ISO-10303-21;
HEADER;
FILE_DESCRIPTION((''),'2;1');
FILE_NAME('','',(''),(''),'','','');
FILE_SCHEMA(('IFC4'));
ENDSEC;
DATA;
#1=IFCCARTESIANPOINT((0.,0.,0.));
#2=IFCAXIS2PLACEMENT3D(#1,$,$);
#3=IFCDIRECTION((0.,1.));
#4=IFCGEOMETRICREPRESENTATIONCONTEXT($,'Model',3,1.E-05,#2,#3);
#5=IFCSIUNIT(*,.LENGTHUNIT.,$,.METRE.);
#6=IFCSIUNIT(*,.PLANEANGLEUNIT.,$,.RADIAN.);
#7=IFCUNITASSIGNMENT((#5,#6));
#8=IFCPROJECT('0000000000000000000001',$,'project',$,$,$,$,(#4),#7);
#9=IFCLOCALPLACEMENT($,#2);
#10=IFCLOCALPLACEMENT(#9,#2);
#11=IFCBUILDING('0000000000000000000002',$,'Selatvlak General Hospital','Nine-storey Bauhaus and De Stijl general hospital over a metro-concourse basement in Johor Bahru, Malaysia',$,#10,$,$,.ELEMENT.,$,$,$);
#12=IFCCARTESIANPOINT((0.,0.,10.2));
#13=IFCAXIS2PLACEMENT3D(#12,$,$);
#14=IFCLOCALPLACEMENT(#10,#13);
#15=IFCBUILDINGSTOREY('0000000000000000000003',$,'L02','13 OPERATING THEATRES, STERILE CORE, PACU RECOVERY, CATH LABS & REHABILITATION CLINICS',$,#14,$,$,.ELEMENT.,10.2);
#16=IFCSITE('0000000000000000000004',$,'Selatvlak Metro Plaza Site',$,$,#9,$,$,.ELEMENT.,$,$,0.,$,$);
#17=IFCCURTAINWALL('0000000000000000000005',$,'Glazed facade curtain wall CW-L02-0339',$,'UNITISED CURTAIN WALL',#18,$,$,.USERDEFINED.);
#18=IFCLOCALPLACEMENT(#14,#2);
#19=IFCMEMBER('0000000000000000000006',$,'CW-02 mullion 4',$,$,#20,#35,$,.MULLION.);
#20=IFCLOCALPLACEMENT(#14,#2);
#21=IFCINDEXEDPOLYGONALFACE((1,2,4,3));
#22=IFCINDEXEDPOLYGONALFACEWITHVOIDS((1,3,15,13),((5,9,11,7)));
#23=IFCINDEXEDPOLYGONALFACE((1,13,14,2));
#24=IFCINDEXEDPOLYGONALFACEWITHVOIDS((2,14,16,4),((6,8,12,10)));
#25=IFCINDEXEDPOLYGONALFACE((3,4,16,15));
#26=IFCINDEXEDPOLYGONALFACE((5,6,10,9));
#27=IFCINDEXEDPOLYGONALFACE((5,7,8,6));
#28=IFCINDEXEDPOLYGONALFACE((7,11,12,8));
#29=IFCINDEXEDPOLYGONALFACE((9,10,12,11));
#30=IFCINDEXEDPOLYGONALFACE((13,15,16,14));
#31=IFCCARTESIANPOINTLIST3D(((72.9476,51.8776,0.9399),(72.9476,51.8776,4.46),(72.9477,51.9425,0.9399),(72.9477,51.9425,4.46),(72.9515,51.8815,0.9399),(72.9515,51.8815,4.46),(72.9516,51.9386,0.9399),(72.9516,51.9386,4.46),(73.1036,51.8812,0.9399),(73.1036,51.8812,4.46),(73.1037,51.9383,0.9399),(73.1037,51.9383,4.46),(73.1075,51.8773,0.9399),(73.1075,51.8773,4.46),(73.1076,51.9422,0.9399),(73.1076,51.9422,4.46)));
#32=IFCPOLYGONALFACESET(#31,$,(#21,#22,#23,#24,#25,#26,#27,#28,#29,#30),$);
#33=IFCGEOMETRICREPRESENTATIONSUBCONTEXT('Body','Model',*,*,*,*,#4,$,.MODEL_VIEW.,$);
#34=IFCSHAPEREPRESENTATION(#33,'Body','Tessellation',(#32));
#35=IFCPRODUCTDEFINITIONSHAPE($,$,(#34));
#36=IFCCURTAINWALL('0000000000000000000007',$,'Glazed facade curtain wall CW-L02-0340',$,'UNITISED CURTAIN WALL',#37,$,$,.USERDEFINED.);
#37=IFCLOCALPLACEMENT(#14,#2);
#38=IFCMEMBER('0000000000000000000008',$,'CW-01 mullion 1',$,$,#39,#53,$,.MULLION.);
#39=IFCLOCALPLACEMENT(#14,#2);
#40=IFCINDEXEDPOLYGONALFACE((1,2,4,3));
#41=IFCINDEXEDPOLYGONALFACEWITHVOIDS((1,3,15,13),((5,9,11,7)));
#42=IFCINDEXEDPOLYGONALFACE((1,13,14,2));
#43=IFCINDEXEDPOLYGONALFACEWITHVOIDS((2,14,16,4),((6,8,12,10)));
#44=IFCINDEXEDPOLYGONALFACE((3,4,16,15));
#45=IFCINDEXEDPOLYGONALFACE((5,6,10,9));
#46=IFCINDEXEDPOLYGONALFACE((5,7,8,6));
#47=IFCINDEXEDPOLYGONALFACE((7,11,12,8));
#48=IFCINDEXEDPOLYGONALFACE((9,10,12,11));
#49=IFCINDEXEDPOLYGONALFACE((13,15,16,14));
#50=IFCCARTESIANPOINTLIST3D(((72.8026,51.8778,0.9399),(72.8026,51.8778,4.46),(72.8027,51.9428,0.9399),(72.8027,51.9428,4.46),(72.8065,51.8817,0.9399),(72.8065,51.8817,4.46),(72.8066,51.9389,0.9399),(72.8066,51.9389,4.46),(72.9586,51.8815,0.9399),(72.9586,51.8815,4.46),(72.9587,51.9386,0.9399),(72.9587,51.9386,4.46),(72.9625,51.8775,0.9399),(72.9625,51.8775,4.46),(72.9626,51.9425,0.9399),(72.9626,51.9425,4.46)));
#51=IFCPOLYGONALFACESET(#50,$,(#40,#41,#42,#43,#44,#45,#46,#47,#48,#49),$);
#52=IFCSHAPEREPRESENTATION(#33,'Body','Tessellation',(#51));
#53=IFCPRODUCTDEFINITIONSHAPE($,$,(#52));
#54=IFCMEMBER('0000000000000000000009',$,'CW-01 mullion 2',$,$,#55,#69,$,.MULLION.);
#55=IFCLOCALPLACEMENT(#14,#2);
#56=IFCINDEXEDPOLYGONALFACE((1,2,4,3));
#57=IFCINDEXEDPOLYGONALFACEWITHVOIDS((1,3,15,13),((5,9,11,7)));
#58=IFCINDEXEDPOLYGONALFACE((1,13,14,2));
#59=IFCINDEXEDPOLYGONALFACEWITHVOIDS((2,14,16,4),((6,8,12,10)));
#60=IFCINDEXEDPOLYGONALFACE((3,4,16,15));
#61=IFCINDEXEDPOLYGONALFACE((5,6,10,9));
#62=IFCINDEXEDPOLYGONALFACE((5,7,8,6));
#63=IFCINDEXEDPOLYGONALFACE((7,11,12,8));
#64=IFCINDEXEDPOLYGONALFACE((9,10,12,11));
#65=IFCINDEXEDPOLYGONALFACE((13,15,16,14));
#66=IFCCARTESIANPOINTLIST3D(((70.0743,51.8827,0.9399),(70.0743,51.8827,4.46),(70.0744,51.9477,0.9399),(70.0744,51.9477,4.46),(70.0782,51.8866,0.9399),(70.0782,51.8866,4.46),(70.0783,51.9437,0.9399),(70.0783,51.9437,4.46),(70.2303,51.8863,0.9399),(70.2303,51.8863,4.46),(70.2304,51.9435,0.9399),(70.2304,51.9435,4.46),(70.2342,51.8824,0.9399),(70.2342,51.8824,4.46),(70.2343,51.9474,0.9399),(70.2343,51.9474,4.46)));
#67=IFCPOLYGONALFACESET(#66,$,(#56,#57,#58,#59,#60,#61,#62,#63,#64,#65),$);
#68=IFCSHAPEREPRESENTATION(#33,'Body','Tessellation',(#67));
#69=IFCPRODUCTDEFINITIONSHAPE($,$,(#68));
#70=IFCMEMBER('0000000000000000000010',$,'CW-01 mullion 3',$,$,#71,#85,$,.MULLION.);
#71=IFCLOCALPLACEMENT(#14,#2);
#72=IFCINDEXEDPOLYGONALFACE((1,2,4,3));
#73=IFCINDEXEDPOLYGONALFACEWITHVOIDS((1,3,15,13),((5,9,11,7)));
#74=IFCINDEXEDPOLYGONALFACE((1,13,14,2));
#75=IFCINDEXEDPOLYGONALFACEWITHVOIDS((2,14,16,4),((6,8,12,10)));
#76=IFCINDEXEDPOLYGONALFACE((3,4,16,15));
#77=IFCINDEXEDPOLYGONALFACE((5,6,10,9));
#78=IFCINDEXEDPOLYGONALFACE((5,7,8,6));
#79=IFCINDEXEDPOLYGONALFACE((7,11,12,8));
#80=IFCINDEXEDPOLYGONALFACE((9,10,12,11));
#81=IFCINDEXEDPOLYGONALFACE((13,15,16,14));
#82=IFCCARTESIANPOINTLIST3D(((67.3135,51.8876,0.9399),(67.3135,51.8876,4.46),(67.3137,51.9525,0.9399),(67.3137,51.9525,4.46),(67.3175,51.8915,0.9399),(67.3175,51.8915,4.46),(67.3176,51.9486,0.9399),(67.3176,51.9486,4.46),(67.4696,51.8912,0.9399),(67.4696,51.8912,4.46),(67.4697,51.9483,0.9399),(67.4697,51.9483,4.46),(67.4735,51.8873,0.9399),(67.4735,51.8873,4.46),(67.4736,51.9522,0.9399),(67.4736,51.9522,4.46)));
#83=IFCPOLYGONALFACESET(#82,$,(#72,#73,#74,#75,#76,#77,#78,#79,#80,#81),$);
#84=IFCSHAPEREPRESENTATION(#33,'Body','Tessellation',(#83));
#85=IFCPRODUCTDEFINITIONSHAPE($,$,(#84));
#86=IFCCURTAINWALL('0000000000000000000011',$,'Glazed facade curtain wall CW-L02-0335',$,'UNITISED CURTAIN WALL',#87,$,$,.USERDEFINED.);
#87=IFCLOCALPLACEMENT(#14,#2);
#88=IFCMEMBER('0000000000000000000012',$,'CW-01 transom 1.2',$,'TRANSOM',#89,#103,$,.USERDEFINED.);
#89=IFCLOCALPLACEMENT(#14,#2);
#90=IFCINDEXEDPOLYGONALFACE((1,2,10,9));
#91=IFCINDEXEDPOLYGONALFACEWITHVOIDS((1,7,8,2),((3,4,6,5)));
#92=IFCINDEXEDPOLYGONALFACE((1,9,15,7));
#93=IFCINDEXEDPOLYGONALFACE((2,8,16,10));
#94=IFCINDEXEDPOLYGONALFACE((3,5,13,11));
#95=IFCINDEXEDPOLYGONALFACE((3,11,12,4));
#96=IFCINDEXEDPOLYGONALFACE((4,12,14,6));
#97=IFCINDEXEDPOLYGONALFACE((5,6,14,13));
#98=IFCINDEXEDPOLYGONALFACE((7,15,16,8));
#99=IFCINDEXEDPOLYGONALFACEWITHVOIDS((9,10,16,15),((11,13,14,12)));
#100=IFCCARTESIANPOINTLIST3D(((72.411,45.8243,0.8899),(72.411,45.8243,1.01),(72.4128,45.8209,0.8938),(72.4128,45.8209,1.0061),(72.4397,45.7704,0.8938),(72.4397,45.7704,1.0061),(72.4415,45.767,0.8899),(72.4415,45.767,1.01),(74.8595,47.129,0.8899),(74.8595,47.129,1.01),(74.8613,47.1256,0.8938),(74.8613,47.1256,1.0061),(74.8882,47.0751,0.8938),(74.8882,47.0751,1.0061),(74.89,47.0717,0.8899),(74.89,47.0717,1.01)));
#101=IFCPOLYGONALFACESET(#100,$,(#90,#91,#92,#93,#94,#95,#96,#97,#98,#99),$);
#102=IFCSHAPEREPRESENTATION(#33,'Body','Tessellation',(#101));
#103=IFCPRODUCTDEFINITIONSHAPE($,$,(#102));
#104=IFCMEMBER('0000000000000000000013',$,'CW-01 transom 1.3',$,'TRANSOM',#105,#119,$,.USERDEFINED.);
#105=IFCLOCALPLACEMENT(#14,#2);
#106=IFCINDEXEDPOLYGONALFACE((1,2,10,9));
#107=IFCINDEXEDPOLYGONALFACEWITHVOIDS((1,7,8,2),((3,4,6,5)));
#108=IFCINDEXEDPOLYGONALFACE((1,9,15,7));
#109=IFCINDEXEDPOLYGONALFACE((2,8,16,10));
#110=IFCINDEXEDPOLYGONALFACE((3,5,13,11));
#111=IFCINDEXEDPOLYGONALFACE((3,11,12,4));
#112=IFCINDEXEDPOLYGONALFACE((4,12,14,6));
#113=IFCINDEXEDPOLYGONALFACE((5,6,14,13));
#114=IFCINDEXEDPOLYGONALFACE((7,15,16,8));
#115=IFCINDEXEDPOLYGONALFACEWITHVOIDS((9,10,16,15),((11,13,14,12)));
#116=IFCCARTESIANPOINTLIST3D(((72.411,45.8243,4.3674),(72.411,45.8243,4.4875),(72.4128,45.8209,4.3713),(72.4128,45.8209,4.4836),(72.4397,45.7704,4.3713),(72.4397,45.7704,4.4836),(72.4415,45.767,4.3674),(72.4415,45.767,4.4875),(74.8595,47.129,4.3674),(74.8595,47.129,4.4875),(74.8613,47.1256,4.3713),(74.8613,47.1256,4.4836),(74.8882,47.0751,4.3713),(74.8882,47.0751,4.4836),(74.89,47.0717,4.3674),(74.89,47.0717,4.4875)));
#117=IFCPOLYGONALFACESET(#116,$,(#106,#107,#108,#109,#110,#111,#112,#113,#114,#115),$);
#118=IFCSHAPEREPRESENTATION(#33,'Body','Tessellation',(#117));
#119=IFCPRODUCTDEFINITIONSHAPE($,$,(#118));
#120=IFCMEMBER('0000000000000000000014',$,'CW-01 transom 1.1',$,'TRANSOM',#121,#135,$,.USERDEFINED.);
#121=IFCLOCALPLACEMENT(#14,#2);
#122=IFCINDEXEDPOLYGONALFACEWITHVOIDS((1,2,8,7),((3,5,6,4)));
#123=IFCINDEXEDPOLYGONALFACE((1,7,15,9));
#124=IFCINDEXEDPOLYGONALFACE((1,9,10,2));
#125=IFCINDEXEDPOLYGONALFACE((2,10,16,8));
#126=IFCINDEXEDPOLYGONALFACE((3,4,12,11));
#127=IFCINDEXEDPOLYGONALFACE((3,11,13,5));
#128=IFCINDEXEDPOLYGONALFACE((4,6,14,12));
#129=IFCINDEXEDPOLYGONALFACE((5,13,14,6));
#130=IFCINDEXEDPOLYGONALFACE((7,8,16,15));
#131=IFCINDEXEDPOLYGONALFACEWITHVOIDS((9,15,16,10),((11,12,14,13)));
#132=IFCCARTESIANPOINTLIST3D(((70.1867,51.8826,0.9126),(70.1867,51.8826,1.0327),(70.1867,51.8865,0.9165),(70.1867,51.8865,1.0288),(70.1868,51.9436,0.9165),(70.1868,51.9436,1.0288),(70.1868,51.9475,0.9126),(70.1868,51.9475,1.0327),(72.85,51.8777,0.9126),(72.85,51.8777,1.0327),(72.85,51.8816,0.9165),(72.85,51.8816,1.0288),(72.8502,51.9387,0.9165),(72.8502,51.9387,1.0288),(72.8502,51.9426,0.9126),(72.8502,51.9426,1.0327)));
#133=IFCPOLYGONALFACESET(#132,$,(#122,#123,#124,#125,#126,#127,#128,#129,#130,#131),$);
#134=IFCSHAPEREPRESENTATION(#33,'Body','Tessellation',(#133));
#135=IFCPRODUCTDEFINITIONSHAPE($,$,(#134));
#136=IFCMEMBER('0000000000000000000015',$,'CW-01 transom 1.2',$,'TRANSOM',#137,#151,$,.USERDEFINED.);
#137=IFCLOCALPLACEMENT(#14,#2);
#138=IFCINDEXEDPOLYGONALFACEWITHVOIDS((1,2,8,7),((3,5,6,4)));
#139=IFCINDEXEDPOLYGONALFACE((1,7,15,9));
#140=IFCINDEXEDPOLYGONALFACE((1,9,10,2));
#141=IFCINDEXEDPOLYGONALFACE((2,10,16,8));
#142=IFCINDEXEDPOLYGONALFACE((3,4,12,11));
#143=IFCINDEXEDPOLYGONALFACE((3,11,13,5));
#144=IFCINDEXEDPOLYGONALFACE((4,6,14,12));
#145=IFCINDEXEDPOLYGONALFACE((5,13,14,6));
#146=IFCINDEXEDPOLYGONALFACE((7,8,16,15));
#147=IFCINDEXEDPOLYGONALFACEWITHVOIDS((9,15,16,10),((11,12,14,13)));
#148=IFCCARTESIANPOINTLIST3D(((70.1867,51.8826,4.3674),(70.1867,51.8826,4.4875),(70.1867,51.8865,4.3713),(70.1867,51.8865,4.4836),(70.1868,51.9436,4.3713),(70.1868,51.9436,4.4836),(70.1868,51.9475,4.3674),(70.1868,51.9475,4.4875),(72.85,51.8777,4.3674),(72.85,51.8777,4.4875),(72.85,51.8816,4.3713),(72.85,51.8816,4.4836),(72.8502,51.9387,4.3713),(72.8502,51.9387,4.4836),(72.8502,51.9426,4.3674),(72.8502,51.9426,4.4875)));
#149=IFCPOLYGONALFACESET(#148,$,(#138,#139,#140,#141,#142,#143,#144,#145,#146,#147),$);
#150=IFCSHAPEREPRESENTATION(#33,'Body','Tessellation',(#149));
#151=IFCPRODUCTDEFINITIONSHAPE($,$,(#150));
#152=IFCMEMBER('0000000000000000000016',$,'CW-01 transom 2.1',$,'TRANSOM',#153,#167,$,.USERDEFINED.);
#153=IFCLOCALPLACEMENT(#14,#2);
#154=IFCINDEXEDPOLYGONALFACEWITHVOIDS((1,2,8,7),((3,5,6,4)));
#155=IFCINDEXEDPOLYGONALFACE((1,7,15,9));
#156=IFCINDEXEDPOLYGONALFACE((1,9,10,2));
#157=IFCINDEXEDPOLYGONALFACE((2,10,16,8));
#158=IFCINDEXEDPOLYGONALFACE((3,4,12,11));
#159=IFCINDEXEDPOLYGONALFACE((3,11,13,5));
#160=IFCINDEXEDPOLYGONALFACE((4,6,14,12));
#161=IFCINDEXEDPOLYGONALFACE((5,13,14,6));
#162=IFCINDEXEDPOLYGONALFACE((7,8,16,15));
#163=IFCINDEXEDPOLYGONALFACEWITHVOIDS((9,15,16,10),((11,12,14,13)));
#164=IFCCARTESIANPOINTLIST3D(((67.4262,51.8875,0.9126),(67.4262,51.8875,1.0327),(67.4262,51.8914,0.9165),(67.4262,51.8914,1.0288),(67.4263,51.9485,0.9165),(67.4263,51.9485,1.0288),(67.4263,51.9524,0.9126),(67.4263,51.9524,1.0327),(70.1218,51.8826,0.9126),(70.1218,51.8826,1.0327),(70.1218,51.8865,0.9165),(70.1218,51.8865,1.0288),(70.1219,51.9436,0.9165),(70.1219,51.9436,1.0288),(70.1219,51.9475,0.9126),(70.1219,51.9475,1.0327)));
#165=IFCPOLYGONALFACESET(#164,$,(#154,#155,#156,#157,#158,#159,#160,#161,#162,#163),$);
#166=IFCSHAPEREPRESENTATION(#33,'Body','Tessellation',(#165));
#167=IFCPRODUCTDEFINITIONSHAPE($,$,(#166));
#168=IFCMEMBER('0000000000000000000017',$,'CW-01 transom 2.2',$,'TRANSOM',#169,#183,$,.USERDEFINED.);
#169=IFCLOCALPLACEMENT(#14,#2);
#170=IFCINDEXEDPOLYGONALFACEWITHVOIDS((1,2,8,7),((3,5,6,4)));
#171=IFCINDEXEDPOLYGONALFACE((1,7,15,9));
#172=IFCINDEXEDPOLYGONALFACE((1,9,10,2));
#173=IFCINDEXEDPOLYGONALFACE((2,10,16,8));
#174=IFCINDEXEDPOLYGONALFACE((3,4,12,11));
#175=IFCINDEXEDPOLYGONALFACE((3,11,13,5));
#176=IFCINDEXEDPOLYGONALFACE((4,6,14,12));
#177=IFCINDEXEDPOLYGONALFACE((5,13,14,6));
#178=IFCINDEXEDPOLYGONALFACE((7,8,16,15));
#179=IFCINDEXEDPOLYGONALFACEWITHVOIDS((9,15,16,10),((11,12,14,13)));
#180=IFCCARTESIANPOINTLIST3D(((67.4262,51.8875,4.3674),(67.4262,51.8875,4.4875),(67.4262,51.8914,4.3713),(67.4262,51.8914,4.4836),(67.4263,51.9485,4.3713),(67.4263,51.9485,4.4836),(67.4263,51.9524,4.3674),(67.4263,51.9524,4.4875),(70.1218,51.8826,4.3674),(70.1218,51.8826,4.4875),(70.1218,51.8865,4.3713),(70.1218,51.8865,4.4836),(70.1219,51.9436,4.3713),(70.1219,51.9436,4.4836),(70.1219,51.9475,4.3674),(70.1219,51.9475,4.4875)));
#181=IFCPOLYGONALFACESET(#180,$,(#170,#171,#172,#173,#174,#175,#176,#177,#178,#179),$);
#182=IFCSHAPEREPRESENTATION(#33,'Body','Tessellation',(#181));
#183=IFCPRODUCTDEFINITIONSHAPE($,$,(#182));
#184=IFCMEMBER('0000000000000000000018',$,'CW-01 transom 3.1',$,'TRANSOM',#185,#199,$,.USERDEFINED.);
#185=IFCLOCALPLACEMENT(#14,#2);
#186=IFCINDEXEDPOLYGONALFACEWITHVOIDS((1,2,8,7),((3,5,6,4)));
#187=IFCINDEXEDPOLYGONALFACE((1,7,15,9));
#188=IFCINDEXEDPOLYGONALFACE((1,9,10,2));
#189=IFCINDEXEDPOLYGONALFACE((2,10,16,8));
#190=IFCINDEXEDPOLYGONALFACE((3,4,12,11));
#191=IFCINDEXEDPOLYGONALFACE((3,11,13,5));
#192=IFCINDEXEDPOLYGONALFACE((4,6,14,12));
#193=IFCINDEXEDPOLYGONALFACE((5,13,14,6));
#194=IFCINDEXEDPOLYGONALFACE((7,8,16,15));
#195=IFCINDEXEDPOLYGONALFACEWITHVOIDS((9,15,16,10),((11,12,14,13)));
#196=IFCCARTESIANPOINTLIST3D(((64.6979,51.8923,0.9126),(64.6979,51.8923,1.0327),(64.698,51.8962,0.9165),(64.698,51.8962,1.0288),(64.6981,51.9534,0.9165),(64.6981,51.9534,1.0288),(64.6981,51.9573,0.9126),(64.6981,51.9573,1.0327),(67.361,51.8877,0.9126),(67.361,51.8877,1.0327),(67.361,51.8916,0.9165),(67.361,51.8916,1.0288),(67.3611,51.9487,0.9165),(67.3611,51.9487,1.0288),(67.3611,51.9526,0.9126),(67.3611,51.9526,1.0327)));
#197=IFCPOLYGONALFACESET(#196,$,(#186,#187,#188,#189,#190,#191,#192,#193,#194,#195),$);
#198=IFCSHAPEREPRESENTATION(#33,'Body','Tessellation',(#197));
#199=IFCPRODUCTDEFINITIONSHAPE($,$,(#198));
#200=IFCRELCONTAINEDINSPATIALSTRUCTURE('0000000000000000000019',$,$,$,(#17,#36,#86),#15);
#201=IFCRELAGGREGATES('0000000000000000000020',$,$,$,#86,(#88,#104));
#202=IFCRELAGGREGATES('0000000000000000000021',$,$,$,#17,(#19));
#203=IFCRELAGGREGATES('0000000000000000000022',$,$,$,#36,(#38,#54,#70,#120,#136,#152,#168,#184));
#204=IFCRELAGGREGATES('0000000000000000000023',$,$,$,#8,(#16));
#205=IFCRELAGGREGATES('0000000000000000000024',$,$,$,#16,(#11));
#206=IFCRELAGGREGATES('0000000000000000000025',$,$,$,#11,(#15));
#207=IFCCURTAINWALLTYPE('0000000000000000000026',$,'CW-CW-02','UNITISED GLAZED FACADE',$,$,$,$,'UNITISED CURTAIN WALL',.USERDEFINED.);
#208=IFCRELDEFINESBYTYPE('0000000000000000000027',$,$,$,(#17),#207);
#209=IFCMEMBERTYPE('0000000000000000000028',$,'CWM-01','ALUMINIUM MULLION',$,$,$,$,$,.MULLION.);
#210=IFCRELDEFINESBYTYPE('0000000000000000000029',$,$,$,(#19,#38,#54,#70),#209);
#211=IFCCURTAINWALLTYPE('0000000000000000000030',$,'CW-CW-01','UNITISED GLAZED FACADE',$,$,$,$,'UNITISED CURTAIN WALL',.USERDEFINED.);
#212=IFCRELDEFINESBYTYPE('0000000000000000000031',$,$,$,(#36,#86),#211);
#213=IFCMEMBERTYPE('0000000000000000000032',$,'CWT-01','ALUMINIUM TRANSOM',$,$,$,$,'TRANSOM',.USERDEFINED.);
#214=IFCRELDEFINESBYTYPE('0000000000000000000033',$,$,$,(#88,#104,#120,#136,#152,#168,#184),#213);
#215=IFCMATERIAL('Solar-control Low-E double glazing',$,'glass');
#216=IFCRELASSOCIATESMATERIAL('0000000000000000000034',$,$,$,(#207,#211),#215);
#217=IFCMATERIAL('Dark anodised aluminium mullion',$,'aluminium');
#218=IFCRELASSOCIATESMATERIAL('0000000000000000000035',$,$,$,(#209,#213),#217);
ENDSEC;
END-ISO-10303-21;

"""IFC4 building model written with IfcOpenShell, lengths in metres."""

from ifc_helpers import new_model, si_unit, direction, frame, origin, origin_2d, place, context, subcontext, project, spatial, hollow_rectangle, extrude, material, material_profile, profile_set, type_object, element, aggregate, save


model = new_model("IFC4")

# Units and contexts
model_context = context("Model", 3, precision=1e-05, world=origin(), true_north=direction((0.0, 1.0)))
body_context = subcontext(model_context, "Body", "Model", "MODEL_VIEW")
ifc_project = project(units=[si_unit("LENGTHUNIT", "METRE"), si_unit("PLANEANGLEUNIT", "RADIAN")], contexts=[model_context])

# Site, building, storey
site_placement = place(None, origin())
site = spatial("IfcSite", under=ifc_project, at=site_placement, Name="Selatvlak Metro Plaza Site", CompositionType="ELEMENT", RefElevation=0.0)
building_placement = place(site_placement, origin())
building = spatial("IfcBuilding", under=site, at=building_placement, Name="Selatvlak General Hospital", Description="Nine-storey Bauhaus and De Stijl general hospital over a metro-concourse basement in Johor Bahru, Malaysia", CompositionType="ELEMENT")
storey_placement = place(building_placement, frame((0.0, 0.0, 10.2)))
storey = spatial("IfcBuildingStorey", under=building, at=storey_placement, Name="L02", Description="13 OPERATING THEATRES, STERILE CORE, PACU RECOVERY, CATH LABS & REHABILITATION CLINICS", CompositionType="ELEMENT", Elevation=10.2)

# Curtain wall, member
ifc_material_1 = material(Name="Solar-control Low-E double glazing", Category="glass")
curtain_wall_type_1 = type_object("IfcCurtainWallType", Name="CW-CW-02", Description="UNITISED GLAZED FACADE", ElementType="UNITISED CURTAIN WALL", PredefinedType="USERDEFINED", material=ifc_material_1)
curtain_wall_1_placement = place(storey_placement, origin())
curtain_wall_1 = element("IfcCurtainWall", 1, at=curtain_wall_1_placement, inside=storey, type_object=curtain_wall_type_1, Name="Glazed facade curtain wall CW-L02-0339", ObjectType="UNITISED CURTAIN WALL", PredefinedType="USERDEFINED")
ifc_material_2 = material(Name="Dark anodised aluminium mullion", Category="aluminium")
ifc_material_profile_1 = material_profile(ifc_material_2, hollow_rectangle(XDim=0.0649, YDim=0.1599, WallThickness=0.0039, at=origin_2d()), Name="AL-MUL 65x160x4")
ifc_profile_set_1 = profile_set([ifc_material_profile_1], Name="Dark anodised aluminium mullion")
member_type_1 = type_object("IfcMemberType", Name="CWM-01", Description="ALUMINIUM MULLION", PredefinedType="MULLION", material=ifc_profile_set_1)
member_1_placement = place(storey_placement, frame((73.0276, 51.9099, 0.9399), z_axis=(0.0, 0.0, 1.0), x_axis=(-0.0018, -0.999998, 0.0)))
member_1 = element("IfcMember", 2, at=member_1_placement, type_object=member_type_1, Name="CW-02 mullion 4", PredefinedType="MULLION", context=body_context, shape_type="SweptSolid", body=[
    extrude(hollow_rectangle(XDim=0.0649, YDim=0.1599, WallThickness=0.0039, at=origin_2d()), origin(), (0.0, 0.0, 1.0), 3.52),
])

# Curtain walls, members
curtain_wall_type_2 = type_object("IfcCurtainWallType", Name="CW-CW-01", Description="UNITISED GLAZED FACADE", ElementType="UNITISED CURTAIN WALL", PredefinedType="USERDEFINED", material=ifc_material_1)
curtain_wall_2_placement = place(storey_placement, origin())
curtain_wall_2 = element("IfcCurtainWall", 3, at=curtain_wall_2_placement, inside=storey, type_object=curtain_wall_type_2, Name="Glazed facade curtain wall CW-L02-0340", ObjectType="UNITISED CURTAIN WALL", PredefinedType="USERDEFINED")
member_2_placement = place(storey_placement, frame((72.8826, 51.9102, 0.9399), z_axis=(0.0, 0.0, 1.0), x_axis=(-0.001811, -0.999998, 0.0)))
member_2 = element("IfcMember", 4, at=member_2_placement, type_object=member_type_1, Name="CW-01 mullion 1", PredefinedType="MULLION", context=body_context, shape_type="SweptSolid", body=[
    extrude(hollow_rectangle(XDim=0.0649, YDim=0.1599, WallThickness=0.0039, at=origin_2d()), origin(), (0.0, 0.0, 1.0), 3.52),
])
member_3_placement = place(storey_placement, frame((70.1543, 51.915, 0.9399), z_axis=(0.0, 0.0, 1.0), x_axis=(-0.001811, -0.999998, 0.0)))
member_3 = element("IfcMember", 5, at=member_3_placement, type_object=member_type_1, Name="CW-01 mullion 2", PredefinedType="MULLION", context=body_context, shape_type="SweptSolid", body=[
    extrude(hollow_rectangle(XDim=0.0649, YDim=0.1599, WallThickness=0.0039, at=origin_2d()), origin(), (0.0, 0.0, 1.0), 3.52),
])
member_4_placement = place(storey_placement, frame((67.3936, 51.9199, 0.9399), z_axis=(0.0, 0.0, 1.0), x_axis=(-0.001811, -0.999998, 0.0)))
member_4 = element("IfcMember", 6, at=member_4_placement, type_object=member_type_1, Name="CW-01 mullion 3", PredefinedType="MULLION", context=body_context, shape_type="SweptSolid", body=[
    extrude(hollow_rectangle(XDim=0.0649, YDim=0.1599, WallThickness=0.0039, at=origin_2d()), origin(), (0.0, 0.0, 1.0), 3.52),
])
curtain_wall_3_placement = place(storey_placement, origin())
curtain_wall_3 = element("IfcCurtainWall", 7, at=curtain_wall_3_placement, inside=storey, type_object=curtain_wall_type_2, Name="Glazed facade curtain wall CW-L02-0335", ObjectType="UNITISED CURTAIN WALL", PredefinedType="USERDEFINED")
ifc_material_profile_2 = material_profile(ifc_material_2, hollow_rectangle(XDim=0.0649, YDim=0.1201, WallThickness=0.0039, at=origin_2d()), Name="AL-TRN 65x120x4")
ifc_profile_set_2 = profile_set([ifc_material_profile_2], Name="Dark anodised aluminium mullion")
member_type_2 = type_object("IfcMemberType", Name="CWT-01", Description="ALUMINIUM TRANSOM", ElementType="TRANSOM", PredefinedType="USERDEFINED", material=ifc_profile_set_2)
member_5_placement = place(storey_placement, frame((72.4263, 45.7957, 0.95), z_axis=(0.882528, 0.470259, 0.0), x_axis=(-0.470259, 0.882528, 0.0)))
member_5 = element("IfcMember", 8, at=member_5_placement, type_object=member_type_2, Name="CW-01 transom 1.2", ObjectType="TRANSOM", PredefinedType="USERDEFINED", context=body_context, shape_type="SweptSolid", body=[
    extrude(hollow_rectangle(XDim=0.0649, YDim=0.1201, WallThickness=0.0039, at=origin_2d()), origin(), (0.0, 0.0, 1.0), 2.7744),
])
member_6_placement = place(storey_placement, frame((72.4263, 45.7957, 4.4275), z_axis=(0.882528, 0.470259, 0.0), x_axis=(-0.470259, 0.882528, 0.0)))
member_6 = element("IfcMember", 9, at=member_6_placement, type_object=member_type_2, Name="CW-01 transom 1.3", ObjectType="TRANSOM", PredefinedType="USERDEFINED", context=body_context, shape_type="SweptSolid", body=[
    extrude(hollow_rectangle(XDim=0.0649, YDim=0.1201, WallThickness=0.0039, at=origin_2d()), origin(), (0.0, 0.0, 1.0), 2.7744),
])

# Members
member_7_placement = place(storey_placement, frame((72.8501, 51.9102, 0.9727), z_axis=(-0.999998, 0.001833, 0.0), x_axis=(-0.001833, -0.999998, 0.0)))
member_7 = element("IfcMember", 10, at=member_7_placement, type_object=member_type_2, Name="CW-01 transom 1.1", ObjectType="TRANSOM", PredefinedType="USERDEFINED", context=body_context, shape_type="SweptSolid", body=[
    extrude(hollow_rectangle(XDim=0.0649, YDim=0.1201, WallThickness=0.0039, at=origin_2d()), origin(), (0.0, 0.0, 1.0), 2.6633),
])
member_8_placement = place(storey_placement, frame((72.8501, 51.9102, 4.4275), z_axis=(-0.999998, 0.001833, 0.0), x_axis=(-0.001833, -0.999998, 0.0)))
member_8 = element("IfcMember", 11, at=member_8_placement, type_object=member_type_2, Name="CW-01 transom 1.2", ObjectType="TRANSOM", PredefinedType="USERDEFINED", context=body_context, shape_type="SweptSolid", body=[
    extrude(hollow_rectangle(XDim=0.0649, YDim=0.1201, WallThickness=0.0039, at=origin_2d()), origin(), (0.0, 0.0, 1.0), 2.6633),
])
member_9_placement = place(storey_placement, frame((70.1218, 51.915, 0.9727), z_axis=(-0.999998, 0.001811, 0.0), x_axis=(-0.001811, -0.999998, 0.0)))
member_9 = element("IfcMember", 12, at=member_9_placement, type_object=member_type_2, Name="CW-01 transom 2.1", ObjectType="TRANSOM", PredefinedType="USERDEFINED", context=body_context, shape_type="SweptSolid", body=[
    extrude(hollow_rectangle(XDim=0.0649, YDim=0.1201, WallThickness=0.0039, at=origin_2d()), origin(), (0.0, 0.0, 1.0), 2.6956),
])
member_10_placement = place(storey_placement, frame((70.1218, 51.915, 4.4275), z_axis=(-0.999998, 0.001811, 0.0), x_axis=(-0.001811, -0.999998, 0.0)))
member_10 = element("IfcMember", 13, at=member_10_placement, type_object=member_type_2, Name="CW-01 transom 2.2", ObjectType="TRANSOM", PredefinedType="USERDEFINED", context=body_context, shape_type="SweptSolid", body=[
    extrude(hollow_rectangle(XDim=0.0649, YDim=0.1201, WallThickness=0.0039, at=origin_2d()), origin(), (0.0, 0.0, 1.0), 2.6956),
])
member_11_placement = place(storey_placement, frame((67.3611, 51.9202, 0.9727), z_axis=(-0.999998, 0.001742, 0.0), x_axis=(-0.001742, -0.999998, 0.0)))
member_11 = element("IfcMember", 14, at=member_11_placement, type_object=member_type_2, Name="CW-01 transom 3.1", ObjectType="TRANSOM", PredefinedType="USERDEFINED", context=body_context, shape_type="SweptSolid", body=[
    extrude(hollow_rectangle(XDim=0.0649, YDim=0.1201, WallThickness=0.0039, at=origin_2d()), origin(), (0.0, 0.0, 1.0), 2.6631),
])

aggregate(curtain_wall_3, [member_5, member_6])
aggregate(curtain_wall_1, [member_1])
aggregate(curtain_wall_2, [member_2, member_3, member_4, member_7, member_8, member_9, member_10, member_11])

save(model, "model.ifc")
